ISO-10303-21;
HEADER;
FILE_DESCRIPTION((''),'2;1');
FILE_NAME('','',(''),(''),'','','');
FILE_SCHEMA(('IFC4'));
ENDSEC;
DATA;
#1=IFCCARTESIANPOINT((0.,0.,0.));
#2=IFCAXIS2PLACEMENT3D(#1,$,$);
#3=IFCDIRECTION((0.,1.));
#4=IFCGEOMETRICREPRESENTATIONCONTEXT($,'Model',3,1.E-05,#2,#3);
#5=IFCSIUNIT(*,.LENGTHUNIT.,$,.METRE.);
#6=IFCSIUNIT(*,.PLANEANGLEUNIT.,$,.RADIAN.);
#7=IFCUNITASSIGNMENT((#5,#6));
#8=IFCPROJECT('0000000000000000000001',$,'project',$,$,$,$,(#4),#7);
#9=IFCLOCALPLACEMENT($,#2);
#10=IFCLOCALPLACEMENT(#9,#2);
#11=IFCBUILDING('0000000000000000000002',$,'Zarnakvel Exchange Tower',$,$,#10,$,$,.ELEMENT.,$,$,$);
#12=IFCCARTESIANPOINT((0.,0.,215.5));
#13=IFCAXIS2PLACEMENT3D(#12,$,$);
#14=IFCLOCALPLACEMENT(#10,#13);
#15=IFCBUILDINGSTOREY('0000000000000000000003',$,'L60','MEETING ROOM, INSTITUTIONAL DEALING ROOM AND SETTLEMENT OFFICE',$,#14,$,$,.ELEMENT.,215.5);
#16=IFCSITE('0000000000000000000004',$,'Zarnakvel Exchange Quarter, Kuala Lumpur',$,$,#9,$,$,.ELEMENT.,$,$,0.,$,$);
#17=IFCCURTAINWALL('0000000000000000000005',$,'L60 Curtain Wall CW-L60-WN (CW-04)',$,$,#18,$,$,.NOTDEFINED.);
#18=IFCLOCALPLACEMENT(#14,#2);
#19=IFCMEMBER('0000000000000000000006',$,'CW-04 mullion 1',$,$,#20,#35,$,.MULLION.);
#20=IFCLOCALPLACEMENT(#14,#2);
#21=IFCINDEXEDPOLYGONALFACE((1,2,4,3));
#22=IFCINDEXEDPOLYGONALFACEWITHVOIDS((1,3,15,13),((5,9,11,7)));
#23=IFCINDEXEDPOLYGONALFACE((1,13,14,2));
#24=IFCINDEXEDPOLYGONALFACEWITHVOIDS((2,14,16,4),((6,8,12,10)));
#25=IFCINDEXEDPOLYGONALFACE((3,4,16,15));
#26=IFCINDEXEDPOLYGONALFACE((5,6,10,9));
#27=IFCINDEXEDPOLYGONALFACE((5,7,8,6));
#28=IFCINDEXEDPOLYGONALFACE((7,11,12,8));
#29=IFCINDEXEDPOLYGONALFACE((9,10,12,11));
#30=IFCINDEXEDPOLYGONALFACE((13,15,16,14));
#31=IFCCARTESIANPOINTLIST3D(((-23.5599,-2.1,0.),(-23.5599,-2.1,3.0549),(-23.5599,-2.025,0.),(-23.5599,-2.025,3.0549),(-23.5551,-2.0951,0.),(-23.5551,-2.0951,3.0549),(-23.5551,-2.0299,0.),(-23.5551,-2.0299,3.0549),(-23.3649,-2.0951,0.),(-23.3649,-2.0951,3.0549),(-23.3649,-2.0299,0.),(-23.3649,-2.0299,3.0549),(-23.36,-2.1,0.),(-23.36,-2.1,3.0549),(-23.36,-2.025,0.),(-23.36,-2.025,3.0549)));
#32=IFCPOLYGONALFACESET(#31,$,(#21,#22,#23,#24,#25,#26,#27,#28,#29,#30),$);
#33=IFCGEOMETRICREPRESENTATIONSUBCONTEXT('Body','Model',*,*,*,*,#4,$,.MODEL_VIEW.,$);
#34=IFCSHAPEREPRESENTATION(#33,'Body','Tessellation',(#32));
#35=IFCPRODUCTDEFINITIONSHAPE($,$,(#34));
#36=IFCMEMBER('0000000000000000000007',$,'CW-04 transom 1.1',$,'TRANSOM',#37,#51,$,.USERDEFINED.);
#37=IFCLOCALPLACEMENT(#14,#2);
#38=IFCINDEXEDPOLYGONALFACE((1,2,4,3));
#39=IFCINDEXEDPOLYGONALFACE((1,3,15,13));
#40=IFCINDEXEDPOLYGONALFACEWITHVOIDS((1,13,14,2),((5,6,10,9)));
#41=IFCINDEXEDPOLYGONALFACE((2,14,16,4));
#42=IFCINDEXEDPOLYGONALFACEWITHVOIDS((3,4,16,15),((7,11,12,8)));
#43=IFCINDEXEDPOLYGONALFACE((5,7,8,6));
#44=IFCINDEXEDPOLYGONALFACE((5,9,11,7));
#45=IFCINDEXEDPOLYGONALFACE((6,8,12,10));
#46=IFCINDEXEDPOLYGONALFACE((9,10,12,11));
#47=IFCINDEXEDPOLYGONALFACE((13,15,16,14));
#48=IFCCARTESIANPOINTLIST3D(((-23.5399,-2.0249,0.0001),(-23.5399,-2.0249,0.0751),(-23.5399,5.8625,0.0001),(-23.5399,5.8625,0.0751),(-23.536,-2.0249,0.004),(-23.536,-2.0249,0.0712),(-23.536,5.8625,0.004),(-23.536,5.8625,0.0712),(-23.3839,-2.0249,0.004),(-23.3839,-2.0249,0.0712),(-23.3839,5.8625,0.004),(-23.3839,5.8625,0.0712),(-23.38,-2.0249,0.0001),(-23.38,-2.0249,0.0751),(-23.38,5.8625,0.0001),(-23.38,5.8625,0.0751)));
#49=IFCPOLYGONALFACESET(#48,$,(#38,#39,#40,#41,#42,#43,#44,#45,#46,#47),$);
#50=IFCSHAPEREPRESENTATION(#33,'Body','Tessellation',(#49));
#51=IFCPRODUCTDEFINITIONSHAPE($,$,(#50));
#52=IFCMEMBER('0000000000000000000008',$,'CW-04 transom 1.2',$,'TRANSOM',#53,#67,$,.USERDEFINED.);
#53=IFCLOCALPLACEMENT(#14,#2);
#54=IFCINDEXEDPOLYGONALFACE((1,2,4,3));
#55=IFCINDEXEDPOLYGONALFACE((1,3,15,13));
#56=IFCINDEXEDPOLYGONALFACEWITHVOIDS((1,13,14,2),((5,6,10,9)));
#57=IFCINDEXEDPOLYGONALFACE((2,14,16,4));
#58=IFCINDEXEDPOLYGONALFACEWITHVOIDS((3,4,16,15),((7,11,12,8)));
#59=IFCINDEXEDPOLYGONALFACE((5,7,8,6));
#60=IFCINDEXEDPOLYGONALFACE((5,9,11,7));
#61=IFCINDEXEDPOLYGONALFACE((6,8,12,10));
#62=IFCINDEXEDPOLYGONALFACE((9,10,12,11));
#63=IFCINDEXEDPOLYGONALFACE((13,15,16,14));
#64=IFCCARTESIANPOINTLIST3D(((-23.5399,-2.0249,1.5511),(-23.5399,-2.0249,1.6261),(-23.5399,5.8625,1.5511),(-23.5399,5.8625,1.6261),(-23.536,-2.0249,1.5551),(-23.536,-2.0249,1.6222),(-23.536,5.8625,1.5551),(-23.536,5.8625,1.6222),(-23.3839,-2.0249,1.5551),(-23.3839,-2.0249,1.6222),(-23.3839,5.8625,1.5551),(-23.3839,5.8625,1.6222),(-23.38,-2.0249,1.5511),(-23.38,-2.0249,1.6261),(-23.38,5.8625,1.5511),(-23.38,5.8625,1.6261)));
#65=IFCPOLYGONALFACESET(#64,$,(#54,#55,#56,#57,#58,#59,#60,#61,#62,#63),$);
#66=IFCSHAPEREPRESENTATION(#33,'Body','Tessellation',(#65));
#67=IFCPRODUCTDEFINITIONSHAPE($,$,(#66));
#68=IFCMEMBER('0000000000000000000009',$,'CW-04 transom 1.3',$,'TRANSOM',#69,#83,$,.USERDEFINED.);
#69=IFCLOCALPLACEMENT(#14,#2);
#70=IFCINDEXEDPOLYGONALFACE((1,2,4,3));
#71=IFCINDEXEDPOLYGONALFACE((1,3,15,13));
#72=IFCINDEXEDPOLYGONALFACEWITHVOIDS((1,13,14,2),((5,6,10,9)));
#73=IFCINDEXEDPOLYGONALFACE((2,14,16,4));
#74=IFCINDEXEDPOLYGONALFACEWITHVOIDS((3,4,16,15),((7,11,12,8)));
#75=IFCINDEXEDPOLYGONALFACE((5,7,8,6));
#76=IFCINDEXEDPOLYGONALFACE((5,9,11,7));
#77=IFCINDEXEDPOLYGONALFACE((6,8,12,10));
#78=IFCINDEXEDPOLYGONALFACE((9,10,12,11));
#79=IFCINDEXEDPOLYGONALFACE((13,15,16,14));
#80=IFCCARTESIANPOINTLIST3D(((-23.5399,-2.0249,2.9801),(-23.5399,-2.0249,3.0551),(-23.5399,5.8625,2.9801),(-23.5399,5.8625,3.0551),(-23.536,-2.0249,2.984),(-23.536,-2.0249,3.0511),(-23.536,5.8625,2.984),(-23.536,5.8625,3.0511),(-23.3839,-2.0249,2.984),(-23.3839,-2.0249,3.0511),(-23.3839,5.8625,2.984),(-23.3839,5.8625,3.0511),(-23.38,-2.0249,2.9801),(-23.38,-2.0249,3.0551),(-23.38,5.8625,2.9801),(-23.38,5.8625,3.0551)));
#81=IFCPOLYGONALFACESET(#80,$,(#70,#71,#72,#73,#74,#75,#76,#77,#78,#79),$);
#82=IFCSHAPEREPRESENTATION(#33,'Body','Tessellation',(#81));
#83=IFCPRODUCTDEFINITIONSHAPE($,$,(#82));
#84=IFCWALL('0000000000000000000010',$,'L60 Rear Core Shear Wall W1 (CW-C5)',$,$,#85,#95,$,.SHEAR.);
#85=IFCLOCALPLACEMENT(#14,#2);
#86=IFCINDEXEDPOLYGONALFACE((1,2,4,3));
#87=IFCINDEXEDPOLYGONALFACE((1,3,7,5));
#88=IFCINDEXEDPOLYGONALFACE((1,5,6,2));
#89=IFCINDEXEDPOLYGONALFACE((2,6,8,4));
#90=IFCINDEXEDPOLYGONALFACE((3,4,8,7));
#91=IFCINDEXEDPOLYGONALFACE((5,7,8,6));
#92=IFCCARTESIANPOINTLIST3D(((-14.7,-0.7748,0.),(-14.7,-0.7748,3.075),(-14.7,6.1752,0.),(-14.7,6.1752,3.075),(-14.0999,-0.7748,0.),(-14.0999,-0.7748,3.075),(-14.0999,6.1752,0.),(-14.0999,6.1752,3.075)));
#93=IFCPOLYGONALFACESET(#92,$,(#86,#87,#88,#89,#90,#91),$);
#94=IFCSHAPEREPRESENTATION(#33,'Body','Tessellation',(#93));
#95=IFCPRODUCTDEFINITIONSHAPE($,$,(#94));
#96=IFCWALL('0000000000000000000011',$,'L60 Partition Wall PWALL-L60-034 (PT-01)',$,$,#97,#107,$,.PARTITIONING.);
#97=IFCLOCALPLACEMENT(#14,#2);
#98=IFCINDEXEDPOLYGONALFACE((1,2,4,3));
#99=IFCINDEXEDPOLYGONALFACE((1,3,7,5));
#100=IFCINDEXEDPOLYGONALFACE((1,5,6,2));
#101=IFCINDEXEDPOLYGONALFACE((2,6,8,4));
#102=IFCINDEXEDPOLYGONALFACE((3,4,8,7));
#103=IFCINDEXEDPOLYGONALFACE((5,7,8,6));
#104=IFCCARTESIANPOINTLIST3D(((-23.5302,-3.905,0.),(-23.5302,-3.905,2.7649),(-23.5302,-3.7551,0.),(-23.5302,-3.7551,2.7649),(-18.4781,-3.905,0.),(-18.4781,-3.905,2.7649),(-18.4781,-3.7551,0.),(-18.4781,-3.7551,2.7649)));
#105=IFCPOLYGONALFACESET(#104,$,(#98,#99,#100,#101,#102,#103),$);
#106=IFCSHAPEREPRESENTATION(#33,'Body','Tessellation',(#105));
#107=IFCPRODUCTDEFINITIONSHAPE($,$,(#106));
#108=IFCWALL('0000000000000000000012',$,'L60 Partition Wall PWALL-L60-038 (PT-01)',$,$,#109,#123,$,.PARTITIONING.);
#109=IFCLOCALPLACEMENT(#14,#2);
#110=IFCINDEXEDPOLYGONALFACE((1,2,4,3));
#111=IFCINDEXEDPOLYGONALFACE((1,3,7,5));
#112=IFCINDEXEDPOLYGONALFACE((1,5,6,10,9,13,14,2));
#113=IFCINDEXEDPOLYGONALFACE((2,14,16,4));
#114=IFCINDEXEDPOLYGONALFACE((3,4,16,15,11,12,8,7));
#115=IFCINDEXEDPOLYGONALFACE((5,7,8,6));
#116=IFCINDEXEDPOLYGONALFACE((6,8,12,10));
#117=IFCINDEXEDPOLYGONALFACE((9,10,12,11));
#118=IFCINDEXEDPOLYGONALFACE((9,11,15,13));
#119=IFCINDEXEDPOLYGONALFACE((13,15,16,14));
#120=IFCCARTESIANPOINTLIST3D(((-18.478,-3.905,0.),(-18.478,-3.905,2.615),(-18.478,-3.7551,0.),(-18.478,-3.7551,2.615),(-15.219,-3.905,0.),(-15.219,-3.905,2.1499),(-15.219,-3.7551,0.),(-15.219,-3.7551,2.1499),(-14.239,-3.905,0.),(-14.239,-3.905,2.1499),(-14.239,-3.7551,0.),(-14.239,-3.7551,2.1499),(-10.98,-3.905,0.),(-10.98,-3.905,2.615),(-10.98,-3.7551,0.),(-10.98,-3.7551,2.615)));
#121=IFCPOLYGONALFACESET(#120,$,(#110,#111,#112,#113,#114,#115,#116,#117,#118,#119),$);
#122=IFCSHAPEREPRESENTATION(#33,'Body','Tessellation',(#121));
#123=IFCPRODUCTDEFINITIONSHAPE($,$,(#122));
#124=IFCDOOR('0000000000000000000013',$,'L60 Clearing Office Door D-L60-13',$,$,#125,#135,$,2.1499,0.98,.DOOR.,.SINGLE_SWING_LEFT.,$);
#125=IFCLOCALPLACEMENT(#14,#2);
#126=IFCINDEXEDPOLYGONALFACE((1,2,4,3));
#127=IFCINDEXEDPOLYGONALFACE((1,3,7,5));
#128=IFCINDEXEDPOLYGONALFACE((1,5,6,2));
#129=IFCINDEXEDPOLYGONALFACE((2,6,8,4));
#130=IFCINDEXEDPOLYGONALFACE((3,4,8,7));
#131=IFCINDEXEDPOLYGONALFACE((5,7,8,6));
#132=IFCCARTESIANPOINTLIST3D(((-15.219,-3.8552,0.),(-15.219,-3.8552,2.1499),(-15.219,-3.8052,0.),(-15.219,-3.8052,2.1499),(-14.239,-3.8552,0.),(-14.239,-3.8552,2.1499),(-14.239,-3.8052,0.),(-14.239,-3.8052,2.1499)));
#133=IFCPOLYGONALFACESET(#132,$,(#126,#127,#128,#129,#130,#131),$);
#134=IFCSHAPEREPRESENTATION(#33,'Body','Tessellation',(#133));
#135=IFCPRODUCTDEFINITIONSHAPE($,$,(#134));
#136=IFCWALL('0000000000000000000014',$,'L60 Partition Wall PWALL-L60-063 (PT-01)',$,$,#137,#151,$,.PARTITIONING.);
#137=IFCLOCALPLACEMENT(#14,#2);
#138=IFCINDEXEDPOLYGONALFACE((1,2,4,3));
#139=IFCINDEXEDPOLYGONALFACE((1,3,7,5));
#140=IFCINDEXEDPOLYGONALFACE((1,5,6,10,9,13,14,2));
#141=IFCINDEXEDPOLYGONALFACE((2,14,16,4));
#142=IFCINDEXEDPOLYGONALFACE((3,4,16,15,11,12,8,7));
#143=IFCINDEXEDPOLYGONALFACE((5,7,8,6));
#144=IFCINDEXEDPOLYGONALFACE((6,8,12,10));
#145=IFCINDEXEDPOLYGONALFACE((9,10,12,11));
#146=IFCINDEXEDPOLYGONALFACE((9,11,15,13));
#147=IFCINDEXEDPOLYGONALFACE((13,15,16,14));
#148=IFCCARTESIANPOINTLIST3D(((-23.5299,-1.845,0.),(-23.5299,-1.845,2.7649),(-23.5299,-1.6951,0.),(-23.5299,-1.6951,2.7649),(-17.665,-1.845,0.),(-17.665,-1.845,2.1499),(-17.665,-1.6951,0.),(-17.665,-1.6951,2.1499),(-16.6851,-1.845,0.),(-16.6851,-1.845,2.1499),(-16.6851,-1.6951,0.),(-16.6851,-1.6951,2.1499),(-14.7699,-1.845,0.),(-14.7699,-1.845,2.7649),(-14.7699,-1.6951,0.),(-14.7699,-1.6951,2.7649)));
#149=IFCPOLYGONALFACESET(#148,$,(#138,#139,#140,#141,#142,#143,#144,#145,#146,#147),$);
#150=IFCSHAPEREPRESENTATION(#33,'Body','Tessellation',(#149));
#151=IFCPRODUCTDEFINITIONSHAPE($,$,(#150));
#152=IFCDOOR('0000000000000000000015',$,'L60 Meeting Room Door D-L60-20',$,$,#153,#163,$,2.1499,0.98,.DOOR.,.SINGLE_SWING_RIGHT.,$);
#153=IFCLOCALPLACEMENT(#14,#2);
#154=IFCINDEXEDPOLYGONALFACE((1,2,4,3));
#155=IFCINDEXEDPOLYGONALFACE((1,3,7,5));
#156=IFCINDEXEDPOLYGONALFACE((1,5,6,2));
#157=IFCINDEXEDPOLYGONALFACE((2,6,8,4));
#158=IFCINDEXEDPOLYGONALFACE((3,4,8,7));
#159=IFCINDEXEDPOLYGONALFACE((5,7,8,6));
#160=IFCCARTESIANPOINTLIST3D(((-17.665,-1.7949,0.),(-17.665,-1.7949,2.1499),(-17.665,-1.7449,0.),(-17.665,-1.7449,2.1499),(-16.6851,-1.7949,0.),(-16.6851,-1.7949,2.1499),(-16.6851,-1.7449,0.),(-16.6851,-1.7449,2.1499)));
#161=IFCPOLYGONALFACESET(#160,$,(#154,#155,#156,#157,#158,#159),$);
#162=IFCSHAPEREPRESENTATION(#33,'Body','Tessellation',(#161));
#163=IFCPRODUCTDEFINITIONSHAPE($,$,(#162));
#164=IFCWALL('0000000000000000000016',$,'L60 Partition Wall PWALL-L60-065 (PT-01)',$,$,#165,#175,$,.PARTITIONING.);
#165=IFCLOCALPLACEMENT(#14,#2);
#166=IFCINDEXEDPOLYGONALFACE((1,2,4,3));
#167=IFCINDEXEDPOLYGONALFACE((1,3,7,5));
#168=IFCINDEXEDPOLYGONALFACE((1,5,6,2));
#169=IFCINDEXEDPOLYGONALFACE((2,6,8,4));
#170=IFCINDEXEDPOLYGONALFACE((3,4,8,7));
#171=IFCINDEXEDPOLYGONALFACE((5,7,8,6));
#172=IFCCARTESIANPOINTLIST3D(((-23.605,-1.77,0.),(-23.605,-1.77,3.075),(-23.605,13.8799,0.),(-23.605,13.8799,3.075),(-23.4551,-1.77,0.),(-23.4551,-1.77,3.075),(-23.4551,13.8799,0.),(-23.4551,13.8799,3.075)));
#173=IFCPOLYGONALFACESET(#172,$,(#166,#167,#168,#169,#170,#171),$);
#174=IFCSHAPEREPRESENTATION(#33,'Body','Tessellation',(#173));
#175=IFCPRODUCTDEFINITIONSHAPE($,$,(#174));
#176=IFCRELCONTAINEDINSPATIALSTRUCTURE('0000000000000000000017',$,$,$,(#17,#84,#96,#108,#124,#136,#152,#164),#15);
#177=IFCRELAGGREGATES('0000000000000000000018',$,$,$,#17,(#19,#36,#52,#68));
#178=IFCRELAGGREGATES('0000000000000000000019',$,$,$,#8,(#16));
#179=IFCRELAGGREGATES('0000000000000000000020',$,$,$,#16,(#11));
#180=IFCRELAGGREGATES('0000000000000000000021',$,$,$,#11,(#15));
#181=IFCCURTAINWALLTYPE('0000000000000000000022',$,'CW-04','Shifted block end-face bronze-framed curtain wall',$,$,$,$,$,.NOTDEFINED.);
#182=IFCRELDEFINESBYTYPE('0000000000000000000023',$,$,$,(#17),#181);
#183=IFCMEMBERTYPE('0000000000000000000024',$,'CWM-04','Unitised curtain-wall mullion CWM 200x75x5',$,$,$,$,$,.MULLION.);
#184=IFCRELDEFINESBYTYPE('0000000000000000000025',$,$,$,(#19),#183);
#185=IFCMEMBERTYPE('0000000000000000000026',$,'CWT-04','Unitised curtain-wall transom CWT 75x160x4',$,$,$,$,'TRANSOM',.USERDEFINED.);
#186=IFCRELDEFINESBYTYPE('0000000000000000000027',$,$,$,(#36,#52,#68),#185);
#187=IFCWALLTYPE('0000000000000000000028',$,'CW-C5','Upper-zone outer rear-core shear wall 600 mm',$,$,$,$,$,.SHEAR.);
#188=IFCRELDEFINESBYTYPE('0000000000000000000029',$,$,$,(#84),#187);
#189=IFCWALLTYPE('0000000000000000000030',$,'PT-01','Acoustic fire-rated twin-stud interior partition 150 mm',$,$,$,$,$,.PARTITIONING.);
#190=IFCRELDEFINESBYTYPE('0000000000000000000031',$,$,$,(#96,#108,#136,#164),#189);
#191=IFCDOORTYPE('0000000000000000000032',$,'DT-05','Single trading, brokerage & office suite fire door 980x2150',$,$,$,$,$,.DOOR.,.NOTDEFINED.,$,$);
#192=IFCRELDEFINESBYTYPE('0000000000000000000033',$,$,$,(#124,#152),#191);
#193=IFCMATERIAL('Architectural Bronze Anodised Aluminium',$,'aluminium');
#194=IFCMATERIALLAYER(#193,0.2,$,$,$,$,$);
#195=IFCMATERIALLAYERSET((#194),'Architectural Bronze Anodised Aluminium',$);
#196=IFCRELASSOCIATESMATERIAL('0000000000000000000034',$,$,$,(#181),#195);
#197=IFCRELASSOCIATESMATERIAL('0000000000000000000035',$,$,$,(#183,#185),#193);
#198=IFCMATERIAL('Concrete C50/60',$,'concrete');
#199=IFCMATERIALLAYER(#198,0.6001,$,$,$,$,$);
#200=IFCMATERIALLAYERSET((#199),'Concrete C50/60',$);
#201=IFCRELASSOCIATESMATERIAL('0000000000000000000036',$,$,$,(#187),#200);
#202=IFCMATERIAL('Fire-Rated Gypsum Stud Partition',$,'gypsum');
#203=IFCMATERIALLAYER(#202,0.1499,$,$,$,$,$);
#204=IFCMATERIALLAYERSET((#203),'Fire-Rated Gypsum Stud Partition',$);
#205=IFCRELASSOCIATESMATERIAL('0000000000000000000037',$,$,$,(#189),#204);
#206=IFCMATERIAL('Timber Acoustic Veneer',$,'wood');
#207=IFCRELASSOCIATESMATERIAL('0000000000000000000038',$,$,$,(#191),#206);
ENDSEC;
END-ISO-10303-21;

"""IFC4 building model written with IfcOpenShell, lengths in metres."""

from ifc_helpers import new_model, si_unit, direction, frame, frame_2d, origin, origin_2d, place, context, subcontext, project, spatial, rectangle, hollow_rectangle, extrude, source, transform, mapped, material, layer, layer_set, material_profile, profile_set, type_object, element, fill, aggregate, save


model = new_model("IFC4")

# Units and contexts
model_context = context("Model", 3, precision=1e-05, world=origin(), true_north=direction((0.0, 1.0)))
body_context = subcontext(model_context, "Body", "Model", "MODEL_VIEW")
ifc_project = project(units=[si_unit("LENGTHUNIT", "METRE"), si_unit("PLANEANGLEUNIT", "RADIAN")], contexts=[model_context])

# Site, building, storey
site_placement = place(None, origin())
site = spatial("IfcSite", under=ifc_project, at=site_placement, Name="Zarnakvel Exchange Quarter, Kuala Lumpur", CompositionType="ELEMENT", RefElevation=0.0)
building_placement = place(site_placement, origin())
building = spatial("IfcBuilding", under=site, at=building_placement, Name="Zarnakvel Exchange Tower", CompositionType="ELEMENT")
storey_placement = place(building_placement, frame((0.0, 0.0, 215.5)))
storey = spatial("IfcBuildingStorey", under=building, at=storey_placement, Name="L60", Description="MEETING ROOM, INSTITUTIONAL DEALING ROOM AND SETTLEMENT OFFICE", CompositionType="ELEMENT", Elevation=215.5)

# Shared definitions
ifc_material_1 = material(Name="Concrete C50/60", Category="concrete")

# Curtain wall, members
ifc_material_2 = material(Name="Architectural Bronze Anodised Aluminium", Category="aluminium")
ifc_layer_1 = layer(ifc_material_2, 0.2)
ifc_layer_set_1 = layer_set([ifc_layer_1], Name="Architectural Bronze Anodised Aluminium")
curtain_wall_type = type_object("IfcCurtainWallType", Name="CW-04", Description="Shifted block end-face bronze-framed curtain wall", PredefinedType="NOTDEFINED", material=ifc_layer_set_1)
curtain_wall_placement = place(storey_placement, origin())
curtain_wall = element("IfcCurtainWall", 1, at=curtain_wall_placement, inside=storey, type_object=curtain_wall_type, Name="L60 Curtain Wall CW-L60-WN (CW-04)", PredefinedType="NOTDEFINED")
ifc_material_profile_1 = material_profile(ifc_material_2, hollow_rectangle(XDim=0.2, YDim=0.075, WallThickness=0.0049, at=origin_2d()))
ifc_profile_set_1 = profile_set([ifc_material_profile_1], Name="Architectural Bronze Anodised Aluminium")
member_type_1 = type_object("IfcMemberType", Name="CWM-04", Description="Unitised curtain-wall mullion CWM 200x75x5", PredefinedType="MULLION", material=ifc_profile_set_1)
shared_shape_1 = source(origin(), body_context, "Body", "SweptSolid", [
    extrude(hollow_rectangle(XDim=0.2, YDim=0.075, WallThickness=0.0049, at=origin_2d()), origin(), (0.0, 0.0, 1.0), 3.0549),
])
member_1_placement = place(storey_placement, frame((-23.46, -2.0625, 0.0), z_axis=(0.0, 0.0, 1.0), x_axis=(-1.0, 0.0, 0.0)))
member_1 = element("IfcMember", 2, at=member_1_placement, type_object=member_type_1, Name="CW-04 mullion 1", PredefinedType="MULLION", context=body_context, shape_type="MappedRepresentation", body=[
    mapped(shared_shape_1, transform((0.0, 0.0, 0.0), x_axis=(1.0, 0.0, 0.0), y_axis=(0.0, 1.0, 0.0), z_axis=(0.0, 0.0, 1.0), scale=1.0)),
])
ifc_material_profile_2 = material_profile(ifc_material_2, hollow_rectangle(XDim=0.1599, YDim=0.075, WallThickness=0.0039, at=origin_2d()))
ifc_profile_set_2 = profile_set([ifc_material_profile_2], Name="Architectural Bronze Anodised Aluminium")
member_type_2 = type_object("IfcMemberType", Name="CWT-04", Description="Unitised curtain-wall transom CWT 75x160x4", ElementType="TRANSOM", PredefinedType="USERDEFINED", material=ifc_profile_set_2)
shared_shape_2 = source(origin(), body_context, "Body", "SweptSolid", [
    extrude(hollow_rectangle(XDim=0.1599, YDim=0.075, WallThickness=0.0039, at=origin_2d()), origin(), (0.0, 0.0, 1.0), 7.8875),
])
member_2_placement = place(storey_placement, frame((-23.46, -2.0249, 0.0376), z_axis=(0.0, 1.0, 0.0), x_axis=(-1.0, 0.0, 0.0)))
member_2 = element("IfcMember", 3, at=member_2_placement, type_object=member_type_2, Name="CW-04 transom 1.1", ObjectType="TRANSOM", PredefinedType="USERDEFINED", context=body_context, shape_type="MappedRepresentation", body=[
    mapped(shared_shape_2, transform((0.0, 0.0, 0.0), x_axis=(1.0, 0.0, 0.0), y_axis=(0.0, 1.0, 0.0), z_axis=(0.0, 0.0, 1.0), scale=1.0)),
])
member_3_placement = place(storey_placement, frame((-23.46, -2.0249, 1.5886), z_axis=(0.0, 1.0, 0.0), x_axis=(-1.0, 0.0, 0.0)))
member_3 = element("IfcMember", 4, at=member_3_placement, type_object=member_type_2, Name="CW-04 transom 1.2", ObjectType="TRANSOM", PredefinedType="USERDEFINED", context=body_context, shape_type="MappedRepresentation", body=[
    mapped(shared_shape_2, transform((0.0, 0.0, 0.0), x_axis=(1.0, 0.0, 0.0), y_axis=(0.0, 1.0, 0.0), z_axis=(0.0, 0.0, 1.0), scale=1.0)),
])
member_4_placement = place(storey_placement, frame((-23.46, -2.0249, 3.0176), z_axis=(0.0, 1.0, 0.0), x_axis=(-1.0, 0.0, 0.0)))
member_4 = element("IfcMember", 5, at=member_4_placement, type_object=member_type_2, Name="CW-04 transom 1.3", ObjectType="TRANSOM", PredefinedType="USERDEFINED", context=body_context, shape_type="MappedRepresentation", body=[
    mapped(shared_shape_2, transform((0.0, 0.0, 0.0), x_axis=(1.0, 0.0, 0.0), y_axis=(0.0, 1.0, 0.0), z_axis=(0.0, 0.0, 1.0), scale=1.0)),
])
aggregate(curtain_wall, [member_1, member_2, member_3, member_4])

# Walls
ifc_layer_2 = layer(ifc_material_1, 0.6001)
ifc_layer_set_2 = layer_set([ifc_layer_2], Name="Concrete C50/60")
wall_type_1 = type_object("IfcWallType", Name="CW-C5", Description="Upper-zone outer rear-core shear wall 600 mm", PredefinedType="SHEAR", material=ifc_layer_set_2)
wall_1_placement = place(storey_placement, frame((-14.3999, -0.7749, 0.0), z_axis=(0.0, 0.0, 1.0), x_axis=(0.0, 1.0, 0.0)))
element("IfcWall", 6, at=wall_1_placement, inside=storey, type_object=wall_type_1, Name="L60 Rear Core Shear Wall W1 (CW-C5)", PredefinedType="SHEAR", context=body_context, shape_type="SweptSolid", body=[
    extrude(rectangle(XDim=6.95, YDim=0.6001, at=frame_2d((3.4751, 0.0))), origin(), (0.0, 0.0, 1.0), 3.075),
])
ifc_material_3 = material(Name="Fire-Rated Gypsum Stud Partition", Category="gypsum")
ifc_layer_3 = layer(ifc_material_3, 0.1499)
ifc_layer_set_3 = layer_set([ifc_layer_3], Name="Fire-Rated Gypsum Stud Partition")
wall_type_2 = type_object("IfcWallType", Name="PT-01", Description="Acoustic fire-rated twin-stud interior partition 150 mm", PredefinedType="PARTITIONING", material=ifc_layer_set_3)
wall_2_placement = place(storey_placement, frame((-23.53, -3.8301, 0.0), z_axis=(0.0, 0.0, 1.0), x_axis=(1.0, 0.0, 0.0)))
element("IfcWall", 7, at=wall_2_placement, inside=storey, type_object=wall_type_2, Name="L60 Partition Wall PWALL-L60-034 (PT-01)", PredefinedType="PARTITIONING", context=body_context, shape_type="SweptSolid", body=[
    extrude(rectangle(XDim=5.052, YDim=0.1499, at=frame_2d((2.5259, 0.0))), origin(), (0.0, 0.0, 1.0), 2.7649),
])

# Walls, openings, doors
ifc_material_4 = material(Name="Timber Acoustic Veneer", Category="wood")
door_type = type_object("IfcDoorType", Name="DT-05", Description="Single trading, brokerage & office suite fire door 980x2150", OperationType="NOTDEFINED", PredefinedType="DOOR", material=ifc_material_4)
shared_shape_3 = source(origin(), body_context, "Body", "SweptSolid", [
    extrude(rectangle(XDim=0.98, YDim=2.1499, at=frame_2d((0.49, 1.075))), frame((0.0, 0.0249, 0.0), z_axis=(0.0, -1.0, 0.0), x_axis=(1.0, 0.0, 0.0)), (0.0, 0.0, 1.0), 0.05),
])
wall_3_placement = place(storey_placement, frame((-18.478, -3.8301, 0.0), z_axis=(0.0, 0.0, 1.0), x_axis=(1.0, 0.0, 0.0)))
wall_3 = element("IfcWall", 8, at=wall_3_placement, inside=storey, type_object=wall_type_2, Name="L60 Partition Wall PWALL-L60-038 (PT-01)", PredefinedType="PARTITIONING", context=body_context, shape_type="SweptSolid", body=[
    extrude(rectangle(XDim=7.498, YDim=0.1499, at=frame_2d((3.749, 0.0))), origin(), (0.0, 0.0, 1.0), 2.615),
])
opening_1_placement = place(wall_3_placement, frame((3.259, 0.0, 0.0)))
opening_1 = element("IfcOpeningElement", 9, at=opening_1_placement, cuts=wall_3, PredefinedType="OPENING", context=body_context, shape_type="SweptSolid", body=[
    extrude(rectangle(XDim=0.98, YDim=2.1499, at=frame_2d((0.49, 1.075))), frame((0.0, 0.085, 0.0), z_axis=(0.0, -1.0, 0.0), x_axis=(1.0, 0.0, 0.0)), (0.0, 0.0, 1.0), 0.1699),
])
door_1_placement = place(opening_1_placement, origin())
door_1 = element("IfcDoor", 10, at=door_1_placement, inside=storey, type_object=door_type, Name="L60 Clearing Office Door D-L60-13", OperationType="SINGLE_SWING_LEFT", OverallHeight=2.1499, OverallWidth=0.98, PredefinedType="DOOR", context=body_context, shape_type="MappedRepresentation", body=[
    mapped(shared_shape_3, transform((0.0, 0.0, 0.0), x_axis=(1.0, 0.0, 0.0), y_axis=(0.0, 1.0, 0.0), z_axis=(0.0, 0.0, 1.0), scale=1.0)),
])
fill(opening_1, door_1)
wall_4_placement = place(storey_placement, frame((-14.77, -1.77, 0.0), z_axis=(0.0, 0.0, 1.0), x_axis=(-1.0, 0.0, 0.0)))
wall_4 = element("IfcWall", 11, at=wall_4_placement, inside=storey, type_object=wall_type_2, Name="L60 Partition Wall PWALL-L60-063 (PT-01)", PredefinedType="PARTITIONING", context=body_context, shape_type="SweptSolid", body=[
    extrude(rectangle(XDim=8.76, YDim=0.1499, at=frame_2d((4.3799, 0.0))), origin(), (0.0, 0.0, 1.0), 2.7649),
])
opening_2_placement = place(wall_4_placement, frame((1.915, 0.0, 0.0)))
opening_2 = element("IfcOpeningElement", 12, at=opening_2_placement, cuts=wall_4, PredefinedType="OPENING", context=body_context, shape_type="SweptSolid", body=[
    extrude(rectangle(XDim=0.98, YDim=2.1499, at=frame_2d((0.49, 1.075))), frame((0.0, 0.085, 0.0), z_axis=(0.0, -1.0, 0.0), x_axis=(1.0, 0.0, 0.0)), (0.0, 0.0, 1.0), 0.1699),
])
door_2_placement = place(opening_2_placement, origin())
door_2 = element("IfcDoor", 13, at=door_2_placement, inside=storey, type_object=door_type, Name="L60 Meeting Room Door D-L60-20", OperationType="SINGLE_SWING_RIGHT", OverallHeight=2.1499, OverallWidth=0.98, PredefinedType="DOOR", context=body_context, shape_type="MappedRepresentation", body=[
    mapped(shared_shape_3, transform((0.0, 0.0, 0.0), x_axis=(1.0, 0.0, 0.0), y_axis=(0.0, 1.0, 0.0), z_axis=(0.0, 0.0, 1.0), scale=1.0)),
])
fill(opening_2, door_2)

# Wall
wall_5_placement = place(storey_placement, frame((-23.53, -1.77, 0.0), z_axis=(0.0, 0.0, 1.0), x_axis=(0.0, 1.0, 0.0)))
element("IfcWall", 14, at=wall_5_placement, inside=storey, type_object=wall_type_2, Name="L60 Partition Wall PWALL-L60-065 (PT-01)", PredefinedType="PARTITIONING", context=body_context, shape_type="SweptSolid", body=[
    extrude(rectangle(XDim=15.6499, YDim=0.1499, at=frame_2d((7.825, 0.0))), origin(), (0.0, 0.0, 1.0), 3.075),
])

save(model, "model.ifc")
